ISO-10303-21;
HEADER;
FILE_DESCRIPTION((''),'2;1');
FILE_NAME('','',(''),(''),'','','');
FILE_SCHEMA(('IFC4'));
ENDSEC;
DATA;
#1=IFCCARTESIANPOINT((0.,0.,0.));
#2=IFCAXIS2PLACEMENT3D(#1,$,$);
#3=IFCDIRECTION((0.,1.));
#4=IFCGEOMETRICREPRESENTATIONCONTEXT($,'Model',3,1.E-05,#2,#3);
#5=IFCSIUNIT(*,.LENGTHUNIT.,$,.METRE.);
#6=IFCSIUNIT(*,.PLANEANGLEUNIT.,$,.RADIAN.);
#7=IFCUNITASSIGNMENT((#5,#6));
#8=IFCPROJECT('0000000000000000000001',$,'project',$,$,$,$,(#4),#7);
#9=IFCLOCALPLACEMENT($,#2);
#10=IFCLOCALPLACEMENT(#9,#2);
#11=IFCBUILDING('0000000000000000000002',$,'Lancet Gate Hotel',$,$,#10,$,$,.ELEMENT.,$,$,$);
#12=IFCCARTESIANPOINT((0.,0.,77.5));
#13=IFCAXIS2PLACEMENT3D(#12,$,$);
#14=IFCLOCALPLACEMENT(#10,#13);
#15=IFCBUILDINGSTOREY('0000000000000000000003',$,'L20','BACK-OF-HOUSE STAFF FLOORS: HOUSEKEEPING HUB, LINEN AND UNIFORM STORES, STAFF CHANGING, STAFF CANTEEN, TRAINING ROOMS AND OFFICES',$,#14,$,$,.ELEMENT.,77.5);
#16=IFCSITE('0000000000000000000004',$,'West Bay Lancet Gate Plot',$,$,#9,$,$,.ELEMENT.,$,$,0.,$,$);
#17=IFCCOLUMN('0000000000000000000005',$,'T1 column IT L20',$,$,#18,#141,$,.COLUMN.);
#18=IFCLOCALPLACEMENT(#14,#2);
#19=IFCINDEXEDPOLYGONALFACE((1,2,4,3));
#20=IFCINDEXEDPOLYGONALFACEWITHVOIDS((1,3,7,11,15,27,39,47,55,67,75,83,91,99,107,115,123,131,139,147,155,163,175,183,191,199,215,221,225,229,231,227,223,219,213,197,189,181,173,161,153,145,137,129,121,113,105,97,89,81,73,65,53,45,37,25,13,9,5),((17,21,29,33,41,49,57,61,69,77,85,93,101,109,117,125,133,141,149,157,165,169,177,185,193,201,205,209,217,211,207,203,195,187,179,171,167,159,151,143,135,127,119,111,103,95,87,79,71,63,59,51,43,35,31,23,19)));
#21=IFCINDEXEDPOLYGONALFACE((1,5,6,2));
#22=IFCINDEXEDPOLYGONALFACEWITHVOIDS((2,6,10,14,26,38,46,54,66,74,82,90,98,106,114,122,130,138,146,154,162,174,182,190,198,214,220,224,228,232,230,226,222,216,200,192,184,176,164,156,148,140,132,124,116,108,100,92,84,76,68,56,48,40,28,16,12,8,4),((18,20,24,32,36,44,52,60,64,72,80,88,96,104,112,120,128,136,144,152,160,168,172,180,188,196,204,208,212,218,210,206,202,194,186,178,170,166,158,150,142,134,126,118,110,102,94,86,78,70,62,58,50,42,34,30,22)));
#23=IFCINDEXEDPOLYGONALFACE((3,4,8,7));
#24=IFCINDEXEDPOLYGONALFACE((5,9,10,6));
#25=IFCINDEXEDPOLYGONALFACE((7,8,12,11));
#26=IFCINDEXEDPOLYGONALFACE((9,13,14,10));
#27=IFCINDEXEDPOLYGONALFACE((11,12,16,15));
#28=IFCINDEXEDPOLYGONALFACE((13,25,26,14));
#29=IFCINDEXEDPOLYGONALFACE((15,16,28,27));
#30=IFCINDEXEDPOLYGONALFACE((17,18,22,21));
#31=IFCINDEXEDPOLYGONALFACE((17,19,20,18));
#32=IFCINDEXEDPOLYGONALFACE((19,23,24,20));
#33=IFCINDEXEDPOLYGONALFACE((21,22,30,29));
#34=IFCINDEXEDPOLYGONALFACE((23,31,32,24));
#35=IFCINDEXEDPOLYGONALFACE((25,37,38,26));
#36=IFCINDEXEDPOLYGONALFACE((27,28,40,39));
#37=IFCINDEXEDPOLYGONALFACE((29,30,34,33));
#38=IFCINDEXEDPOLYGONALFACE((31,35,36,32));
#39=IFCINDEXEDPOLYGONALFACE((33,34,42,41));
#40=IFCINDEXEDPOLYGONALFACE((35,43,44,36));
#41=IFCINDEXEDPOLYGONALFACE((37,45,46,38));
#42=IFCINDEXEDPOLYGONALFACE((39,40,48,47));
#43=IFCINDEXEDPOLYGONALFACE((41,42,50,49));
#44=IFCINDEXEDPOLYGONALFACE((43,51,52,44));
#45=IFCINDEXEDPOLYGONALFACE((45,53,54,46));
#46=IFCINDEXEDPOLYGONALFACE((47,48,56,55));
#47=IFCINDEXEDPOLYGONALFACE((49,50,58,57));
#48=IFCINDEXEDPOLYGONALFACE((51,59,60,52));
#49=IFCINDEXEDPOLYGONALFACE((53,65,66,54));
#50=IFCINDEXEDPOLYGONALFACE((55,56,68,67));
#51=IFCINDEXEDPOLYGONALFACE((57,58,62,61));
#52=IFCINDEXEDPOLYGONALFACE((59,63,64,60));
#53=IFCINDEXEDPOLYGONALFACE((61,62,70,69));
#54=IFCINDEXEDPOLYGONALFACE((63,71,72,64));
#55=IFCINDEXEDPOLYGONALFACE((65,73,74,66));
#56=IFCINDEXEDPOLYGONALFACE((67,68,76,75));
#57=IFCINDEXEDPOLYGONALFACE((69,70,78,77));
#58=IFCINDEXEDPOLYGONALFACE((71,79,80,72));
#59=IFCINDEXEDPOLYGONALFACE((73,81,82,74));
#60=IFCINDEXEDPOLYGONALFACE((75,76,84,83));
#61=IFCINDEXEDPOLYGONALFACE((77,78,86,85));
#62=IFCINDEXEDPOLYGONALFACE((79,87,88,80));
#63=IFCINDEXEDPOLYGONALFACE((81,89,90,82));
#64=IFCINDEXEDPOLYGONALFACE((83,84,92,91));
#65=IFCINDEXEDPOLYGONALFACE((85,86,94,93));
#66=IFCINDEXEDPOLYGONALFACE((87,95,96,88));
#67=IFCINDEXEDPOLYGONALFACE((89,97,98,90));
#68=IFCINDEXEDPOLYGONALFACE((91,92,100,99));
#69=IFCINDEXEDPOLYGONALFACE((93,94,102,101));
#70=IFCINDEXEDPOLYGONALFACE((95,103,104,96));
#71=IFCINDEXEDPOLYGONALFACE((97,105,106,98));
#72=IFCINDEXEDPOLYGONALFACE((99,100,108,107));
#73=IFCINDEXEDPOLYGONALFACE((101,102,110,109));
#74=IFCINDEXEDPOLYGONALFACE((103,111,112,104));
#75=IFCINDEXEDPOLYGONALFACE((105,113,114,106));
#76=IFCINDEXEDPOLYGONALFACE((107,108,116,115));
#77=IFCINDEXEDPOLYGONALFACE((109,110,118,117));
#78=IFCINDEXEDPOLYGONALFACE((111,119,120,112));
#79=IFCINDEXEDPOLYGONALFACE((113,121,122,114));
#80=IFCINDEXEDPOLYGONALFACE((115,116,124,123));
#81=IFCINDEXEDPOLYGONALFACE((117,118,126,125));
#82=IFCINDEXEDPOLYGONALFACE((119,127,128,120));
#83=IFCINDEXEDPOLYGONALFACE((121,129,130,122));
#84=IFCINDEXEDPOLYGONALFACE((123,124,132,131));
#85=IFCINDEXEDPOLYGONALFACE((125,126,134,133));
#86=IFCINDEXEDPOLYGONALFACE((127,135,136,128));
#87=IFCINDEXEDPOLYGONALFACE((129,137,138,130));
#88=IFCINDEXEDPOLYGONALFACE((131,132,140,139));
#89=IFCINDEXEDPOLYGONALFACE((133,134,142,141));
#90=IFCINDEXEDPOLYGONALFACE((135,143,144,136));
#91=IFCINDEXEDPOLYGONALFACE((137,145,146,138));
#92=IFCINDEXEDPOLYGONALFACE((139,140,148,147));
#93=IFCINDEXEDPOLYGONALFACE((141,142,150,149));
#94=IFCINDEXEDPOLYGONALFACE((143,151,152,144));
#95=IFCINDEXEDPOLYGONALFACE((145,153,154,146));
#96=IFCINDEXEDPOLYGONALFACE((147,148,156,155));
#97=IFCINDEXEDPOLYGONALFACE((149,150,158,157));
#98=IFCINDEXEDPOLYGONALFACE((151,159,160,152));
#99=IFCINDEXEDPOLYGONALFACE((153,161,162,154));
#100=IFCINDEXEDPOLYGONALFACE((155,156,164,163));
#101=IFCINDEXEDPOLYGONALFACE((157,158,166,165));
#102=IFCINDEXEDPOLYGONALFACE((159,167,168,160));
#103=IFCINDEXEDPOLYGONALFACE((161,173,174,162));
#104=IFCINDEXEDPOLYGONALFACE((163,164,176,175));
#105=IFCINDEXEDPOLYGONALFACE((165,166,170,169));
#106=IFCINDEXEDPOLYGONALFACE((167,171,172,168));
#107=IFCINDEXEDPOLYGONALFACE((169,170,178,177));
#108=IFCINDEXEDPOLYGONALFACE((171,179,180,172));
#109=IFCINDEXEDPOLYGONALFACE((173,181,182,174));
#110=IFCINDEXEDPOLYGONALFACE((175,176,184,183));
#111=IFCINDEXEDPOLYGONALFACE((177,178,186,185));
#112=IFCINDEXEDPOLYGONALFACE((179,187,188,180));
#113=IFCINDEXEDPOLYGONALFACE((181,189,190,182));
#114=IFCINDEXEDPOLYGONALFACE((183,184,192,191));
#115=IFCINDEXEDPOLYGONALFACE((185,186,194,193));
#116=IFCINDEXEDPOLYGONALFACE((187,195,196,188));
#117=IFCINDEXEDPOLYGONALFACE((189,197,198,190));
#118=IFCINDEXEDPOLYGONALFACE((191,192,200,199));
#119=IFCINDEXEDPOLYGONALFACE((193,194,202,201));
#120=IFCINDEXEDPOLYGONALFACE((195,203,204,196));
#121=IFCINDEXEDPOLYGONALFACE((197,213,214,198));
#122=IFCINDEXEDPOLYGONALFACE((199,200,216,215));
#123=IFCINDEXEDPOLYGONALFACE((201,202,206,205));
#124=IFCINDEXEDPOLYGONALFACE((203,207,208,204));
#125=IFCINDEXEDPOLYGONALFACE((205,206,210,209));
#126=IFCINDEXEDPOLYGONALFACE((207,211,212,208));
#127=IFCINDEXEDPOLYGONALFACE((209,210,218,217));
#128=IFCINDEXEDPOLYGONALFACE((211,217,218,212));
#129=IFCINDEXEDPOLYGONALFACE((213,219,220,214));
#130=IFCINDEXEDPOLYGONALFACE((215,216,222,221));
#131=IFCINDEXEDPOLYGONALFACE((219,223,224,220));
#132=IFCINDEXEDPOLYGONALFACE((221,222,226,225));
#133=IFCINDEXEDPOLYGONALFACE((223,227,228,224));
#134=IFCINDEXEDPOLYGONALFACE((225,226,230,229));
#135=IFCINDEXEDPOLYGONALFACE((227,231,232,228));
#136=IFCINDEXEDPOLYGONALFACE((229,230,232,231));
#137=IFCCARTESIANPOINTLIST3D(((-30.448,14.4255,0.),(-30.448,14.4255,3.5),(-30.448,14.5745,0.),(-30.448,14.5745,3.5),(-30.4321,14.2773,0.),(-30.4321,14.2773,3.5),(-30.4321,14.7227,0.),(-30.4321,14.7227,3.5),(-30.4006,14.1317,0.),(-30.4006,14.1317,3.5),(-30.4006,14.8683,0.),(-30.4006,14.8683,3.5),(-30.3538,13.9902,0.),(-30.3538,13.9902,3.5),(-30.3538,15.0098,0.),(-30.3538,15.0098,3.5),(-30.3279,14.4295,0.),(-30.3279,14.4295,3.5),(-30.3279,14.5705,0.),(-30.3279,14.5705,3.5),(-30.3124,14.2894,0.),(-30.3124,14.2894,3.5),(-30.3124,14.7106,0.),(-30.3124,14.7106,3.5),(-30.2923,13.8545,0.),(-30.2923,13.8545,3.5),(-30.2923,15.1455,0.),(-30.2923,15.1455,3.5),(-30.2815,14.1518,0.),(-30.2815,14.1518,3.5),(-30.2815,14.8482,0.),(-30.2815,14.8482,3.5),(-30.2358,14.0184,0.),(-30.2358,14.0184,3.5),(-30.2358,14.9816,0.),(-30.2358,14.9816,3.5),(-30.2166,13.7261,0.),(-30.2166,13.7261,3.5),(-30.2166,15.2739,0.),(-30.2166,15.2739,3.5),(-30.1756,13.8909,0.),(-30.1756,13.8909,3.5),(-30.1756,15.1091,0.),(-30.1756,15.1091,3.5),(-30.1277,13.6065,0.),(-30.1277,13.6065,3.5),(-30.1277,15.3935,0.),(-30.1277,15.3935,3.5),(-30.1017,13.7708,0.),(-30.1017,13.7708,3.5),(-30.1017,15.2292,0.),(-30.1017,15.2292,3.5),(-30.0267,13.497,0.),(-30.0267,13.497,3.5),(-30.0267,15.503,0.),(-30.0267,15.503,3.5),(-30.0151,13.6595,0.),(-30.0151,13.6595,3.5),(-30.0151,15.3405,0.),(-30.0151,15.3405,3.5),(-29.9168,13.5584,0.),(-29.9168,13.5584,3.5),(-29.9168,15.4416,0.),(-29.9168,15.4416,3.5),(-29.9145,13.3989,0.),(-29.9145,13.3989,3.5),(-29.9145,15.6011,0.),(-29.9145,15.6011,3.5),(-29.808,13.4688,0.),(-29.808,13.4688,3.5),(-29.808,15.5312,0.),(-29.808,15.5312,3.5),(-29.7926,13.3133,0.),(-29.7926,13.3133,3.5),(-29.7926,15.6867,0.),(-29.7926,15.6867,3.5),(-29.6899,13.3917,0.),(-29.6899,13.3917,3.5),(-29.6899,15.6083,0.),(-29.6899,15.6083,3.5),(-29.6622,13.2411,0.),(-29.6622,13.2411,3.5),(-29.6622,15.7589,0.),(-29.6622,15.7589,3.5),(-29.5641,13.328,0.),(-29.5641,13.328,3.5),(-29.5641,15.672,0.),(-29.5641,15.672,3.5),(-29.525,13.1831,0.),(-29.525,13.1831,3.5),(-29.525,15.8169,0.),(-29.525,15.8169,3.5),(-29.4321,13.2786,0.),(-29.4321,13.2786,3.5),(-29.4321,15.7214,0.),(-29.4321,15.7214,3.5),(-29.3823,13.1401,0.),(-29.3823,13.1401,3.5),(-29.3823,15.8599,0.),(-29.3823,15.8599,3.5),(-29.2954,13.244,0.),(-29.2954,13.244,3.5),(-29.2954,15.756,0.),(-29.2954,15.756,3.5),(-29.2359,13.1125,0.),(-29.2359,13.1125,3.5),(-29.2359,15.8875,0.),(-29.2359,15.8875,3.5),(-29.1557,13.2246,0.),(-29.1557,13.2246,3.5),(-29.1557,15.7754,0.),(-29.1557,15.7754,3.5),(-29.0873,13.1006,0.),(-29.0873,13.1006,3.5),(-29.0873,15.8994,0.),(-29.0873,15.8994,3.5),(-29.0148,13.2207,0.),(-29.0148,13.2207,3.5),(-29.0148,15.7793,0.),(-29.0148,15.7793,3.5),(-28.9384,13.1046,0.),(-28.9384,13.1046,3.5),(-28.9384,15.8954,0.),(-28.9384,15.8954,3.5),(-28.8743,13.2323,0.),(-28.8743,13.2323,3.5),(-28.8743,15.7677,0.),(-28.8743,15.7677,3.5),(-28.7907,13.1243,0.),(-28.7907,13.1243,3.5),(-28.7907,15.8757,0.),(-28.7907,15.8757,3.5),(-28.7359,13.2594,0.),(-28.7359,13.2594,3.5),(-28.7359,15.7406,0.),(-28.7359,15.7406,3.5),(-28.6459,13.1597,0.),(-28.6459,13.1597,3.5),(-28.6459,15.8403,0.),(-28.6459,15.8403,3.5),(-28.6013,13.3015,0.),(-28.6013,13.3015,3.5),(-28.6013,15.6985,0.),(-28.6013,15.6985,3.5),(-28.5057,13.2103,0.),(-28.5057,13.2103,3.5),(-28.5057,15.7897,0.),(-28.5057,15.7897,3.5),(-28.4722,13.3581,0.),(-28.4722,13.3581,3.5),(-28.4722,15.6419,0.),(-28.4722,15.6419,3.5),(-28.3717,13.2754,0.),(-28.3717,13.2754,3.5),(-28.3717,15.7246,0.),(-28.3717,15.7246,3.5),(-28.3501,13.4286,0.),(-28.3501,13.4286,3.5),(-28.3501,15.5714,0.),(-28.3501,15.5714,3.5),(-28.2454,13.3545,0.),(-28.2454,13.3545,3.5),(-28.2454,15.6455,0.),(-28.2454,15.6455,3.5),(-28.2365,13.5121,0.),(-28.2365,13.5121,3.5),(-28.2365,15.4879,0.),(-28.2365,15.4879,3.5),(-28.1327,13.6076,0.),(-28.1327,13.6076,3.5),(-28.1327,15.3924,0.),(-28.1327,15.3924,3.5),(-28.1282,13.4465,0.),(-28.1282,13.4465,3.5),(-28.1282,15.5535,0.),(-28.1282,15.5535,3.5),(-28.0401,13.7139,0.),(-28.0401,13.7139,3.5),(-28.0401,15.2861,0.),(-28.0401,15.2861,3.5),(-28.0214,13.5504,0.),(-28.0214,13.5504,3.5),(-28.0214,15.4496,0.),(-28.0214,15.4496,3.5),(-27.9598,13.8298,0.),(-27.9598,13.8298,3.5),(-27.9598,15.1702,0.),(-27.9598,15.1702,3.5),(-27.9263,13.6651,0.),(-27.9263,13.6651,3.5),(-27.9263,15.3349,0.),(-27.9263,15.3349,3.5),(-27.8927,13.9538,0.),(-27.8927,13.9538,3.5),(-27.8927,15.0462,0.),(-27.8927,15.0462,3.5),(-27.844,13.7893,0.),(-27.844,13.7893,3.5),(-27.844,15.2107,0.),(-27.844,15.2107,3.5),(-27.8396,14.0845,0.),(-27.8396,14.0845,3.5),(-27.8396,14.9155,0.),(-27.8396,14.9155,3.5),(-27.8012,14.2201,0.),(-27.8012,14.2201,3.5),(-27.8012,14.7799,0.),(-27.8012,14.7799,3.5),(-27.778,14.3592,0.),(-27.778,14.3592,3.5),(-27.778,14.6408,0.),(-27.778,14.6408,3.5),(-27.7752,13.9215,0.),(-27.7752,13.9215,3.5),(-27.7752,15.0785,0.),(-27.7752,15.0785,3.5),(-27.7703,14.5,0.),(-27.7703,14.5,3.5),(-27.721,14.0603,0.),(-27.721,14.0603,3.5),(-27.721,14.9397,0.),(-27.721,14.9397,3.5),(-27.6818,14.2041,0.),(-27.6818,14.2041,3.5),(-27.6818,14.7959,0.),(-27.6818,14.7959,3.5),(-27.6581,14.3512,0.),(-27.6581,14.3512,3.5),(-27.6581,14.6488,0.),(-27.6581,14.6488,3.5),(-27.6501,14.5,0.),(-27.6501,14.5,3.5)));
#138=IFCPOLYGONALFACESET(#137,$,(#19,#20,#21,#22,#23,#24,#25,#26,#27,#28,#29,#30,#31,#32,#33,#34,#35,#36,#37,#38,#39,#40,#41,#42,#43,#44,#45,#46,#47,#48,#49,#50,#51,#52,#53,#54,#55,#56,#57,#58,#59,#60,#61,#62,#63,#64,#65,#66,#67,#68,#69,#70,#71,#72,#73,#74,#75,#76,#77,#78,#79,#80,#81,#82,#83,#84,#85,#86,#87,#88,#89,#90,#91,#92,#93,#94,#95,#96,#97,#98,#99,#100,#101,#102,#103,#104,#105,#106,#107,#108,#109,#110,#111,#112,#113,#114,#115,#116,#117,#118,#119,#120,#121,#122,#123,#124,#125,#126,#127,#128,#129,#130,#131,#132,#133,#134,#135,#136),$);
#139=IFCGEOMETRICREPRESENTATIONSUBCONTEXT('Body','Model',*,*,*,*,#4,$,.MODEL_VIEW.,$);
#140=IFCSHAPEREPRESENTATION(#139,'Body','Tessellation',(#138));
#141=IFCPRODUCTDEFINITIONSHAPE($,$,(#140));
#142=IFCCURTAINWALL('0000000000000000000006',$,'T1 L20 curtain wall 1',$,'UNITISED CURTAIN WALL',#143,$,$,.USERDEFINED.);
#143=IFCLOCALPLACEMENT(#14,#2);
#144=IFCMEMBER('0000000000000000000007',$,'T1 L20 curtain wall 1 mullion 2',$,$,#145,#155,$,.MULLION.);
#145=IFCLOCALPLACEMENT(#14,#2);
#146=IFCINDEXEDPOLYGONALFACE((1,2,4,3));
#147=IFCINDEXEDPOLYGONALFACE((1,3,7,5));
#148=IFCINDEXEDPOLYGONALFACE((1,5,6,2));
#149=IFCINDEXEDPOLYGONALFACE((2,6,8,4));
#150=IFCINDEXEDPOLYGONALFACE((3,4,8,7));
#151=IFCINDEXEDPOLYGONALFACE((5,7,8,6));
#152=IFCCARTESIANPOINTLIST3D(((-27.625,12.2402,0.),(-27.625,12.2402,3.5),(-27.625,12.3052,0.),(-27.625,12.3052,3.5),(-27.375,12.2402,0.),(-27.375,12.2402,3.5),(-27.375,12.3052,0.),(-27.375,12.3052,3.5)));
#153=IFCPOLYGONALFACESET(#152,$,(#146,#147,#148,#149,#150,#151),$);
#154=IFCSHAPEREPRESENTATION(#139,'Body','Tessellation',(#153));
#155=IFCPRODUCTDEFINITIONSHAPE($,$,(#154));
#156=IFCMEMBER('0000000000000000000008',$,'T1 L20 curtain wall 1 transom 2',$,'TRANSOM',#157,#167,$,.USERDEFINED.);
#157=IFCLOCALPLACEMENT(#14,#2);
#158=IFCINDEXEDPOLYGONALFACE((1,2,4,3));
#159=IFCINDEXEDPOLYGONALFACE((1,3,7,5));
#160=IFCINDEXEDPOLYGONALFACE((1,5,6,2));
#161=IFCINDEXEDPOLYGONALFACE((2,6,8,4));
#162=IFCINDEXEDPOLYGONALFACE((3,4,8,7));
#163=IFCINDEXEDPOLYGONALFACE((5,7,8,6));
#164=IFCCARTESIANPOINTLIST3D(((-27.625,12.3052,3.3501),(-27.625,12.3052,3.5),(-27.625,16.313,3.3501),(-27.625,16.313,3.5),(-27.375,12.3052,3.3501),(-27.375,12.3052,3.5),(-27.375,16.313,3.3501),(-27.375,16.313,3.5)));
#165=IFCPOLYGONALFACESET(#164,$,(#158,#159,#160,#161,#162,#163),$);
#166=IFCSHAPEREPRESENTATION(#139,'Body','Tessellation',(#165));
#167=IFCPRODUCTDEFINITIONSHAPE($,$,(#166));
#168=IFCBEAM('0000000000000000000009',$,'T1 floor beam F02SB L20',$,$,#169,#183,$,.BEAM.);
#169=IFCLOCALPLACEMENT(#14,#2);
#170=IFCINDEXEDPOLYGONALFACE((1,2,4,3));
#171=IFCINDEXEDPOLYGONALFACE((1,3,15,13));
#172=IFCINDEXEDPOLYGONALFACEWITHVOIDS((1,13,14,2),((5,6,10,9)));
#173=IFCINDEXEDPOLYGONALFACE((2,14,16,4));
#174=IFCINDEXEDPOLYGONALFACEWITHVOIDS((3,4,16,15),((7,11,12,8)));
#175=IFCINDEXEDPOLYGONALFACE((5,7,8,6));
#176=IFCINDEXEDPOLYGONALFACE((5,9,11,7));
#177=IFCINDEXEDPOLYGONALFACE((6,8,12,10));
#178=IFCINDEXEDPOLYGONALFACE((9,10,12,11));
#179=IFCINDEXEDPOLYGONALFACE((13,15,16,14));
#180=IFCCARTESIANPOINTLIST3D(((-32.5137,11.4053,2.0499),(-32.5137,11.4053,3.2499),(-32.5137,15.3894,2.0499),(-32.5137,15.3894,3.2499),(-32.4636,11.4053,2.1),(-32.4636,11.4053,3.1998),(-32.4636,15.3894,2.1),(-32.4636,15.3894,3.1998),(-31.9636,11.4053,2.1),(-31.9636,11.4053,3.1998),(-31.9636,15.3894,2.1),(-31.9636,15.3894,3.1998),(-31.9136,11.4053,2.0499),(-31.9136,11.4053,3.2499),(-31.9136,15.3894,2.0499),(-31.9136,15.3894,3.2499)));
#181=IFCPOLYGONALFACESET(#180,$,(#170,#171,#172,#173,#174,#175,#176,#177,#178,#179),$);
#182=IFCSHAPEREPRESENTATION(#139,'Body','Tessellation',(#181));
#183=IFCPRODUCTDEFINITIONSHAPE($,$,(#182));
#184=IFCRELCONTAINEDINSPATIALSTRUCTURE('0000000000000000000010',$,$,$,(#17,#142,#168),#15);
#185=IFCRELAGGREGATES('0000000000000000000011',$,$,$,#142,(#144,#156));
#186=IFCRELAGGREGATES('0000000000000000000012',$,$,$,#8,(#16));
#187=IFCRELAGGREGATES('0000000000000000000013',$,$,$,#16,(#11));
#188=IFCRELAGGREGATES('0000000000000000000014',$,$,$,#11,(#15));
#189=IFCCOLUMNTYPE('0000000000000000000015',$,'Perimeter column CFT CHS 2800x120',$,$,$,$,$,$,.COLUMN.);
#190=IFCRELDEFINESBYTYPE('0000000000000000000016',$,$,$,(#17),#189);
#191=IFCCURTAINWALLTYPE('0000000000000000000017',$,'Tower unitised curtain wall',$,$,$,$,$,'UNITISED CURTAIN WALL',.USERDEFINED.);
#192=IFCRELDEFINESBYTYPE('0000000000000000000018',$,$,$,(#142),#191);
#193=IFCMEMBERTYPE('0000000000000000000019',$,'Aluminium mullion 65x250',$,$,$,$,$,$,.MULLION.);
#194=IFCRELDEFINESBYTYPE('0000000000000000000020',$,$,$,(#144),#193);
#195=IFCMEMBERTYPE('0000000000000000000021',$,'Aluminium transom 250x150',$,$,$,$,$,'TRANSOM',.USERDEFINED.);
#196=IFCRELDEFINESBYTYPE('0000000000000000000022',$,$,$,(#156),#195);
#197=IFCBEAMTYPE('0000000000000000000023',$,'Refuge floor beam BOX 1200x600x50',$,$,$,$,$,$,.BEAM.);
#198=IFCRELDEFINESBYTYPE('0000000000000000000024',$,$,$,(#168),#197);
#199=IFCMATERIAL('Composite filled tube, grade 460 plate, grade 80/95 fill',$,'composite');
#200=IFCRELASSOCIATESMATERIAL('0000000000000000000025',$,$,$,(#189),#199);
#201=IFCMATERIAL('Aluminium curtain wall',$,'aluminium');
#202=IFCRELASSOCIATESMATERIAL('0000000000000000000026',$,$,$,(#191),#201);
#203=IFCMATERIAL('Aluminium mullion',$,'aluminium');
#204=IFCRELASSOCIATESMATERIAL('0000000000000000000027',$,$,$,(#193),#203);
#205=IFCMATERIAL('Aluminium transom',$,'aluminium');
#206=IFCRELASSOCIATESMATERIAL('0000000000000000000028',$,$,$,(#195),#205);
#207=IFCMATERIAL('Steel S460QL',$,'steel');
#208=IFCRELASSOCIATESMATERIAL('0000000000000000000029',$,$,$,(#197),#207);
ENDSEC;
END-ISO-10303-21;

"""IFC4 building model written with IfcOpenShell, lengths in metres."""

from ifc_helpers import new_model, si_unit, direction, frame, origin, origin_2d, place, context, subcontext, project, spatial, rectangle, hollow_rectangle, hollow_circle, extrude, material, material_profile, profile_set, type_object, element, aggregate, save


model = new_model("IFC4")

# Units and contexts
model_context = context("Model", 3, precision=1e-05, world=origin(), true_north=direction((0.0, 1.0)))
body_context = subcontext(model_context, "Body", "Model", "MODEL_VIEW")
ifc_project = project(units=[si_unit("LENGTHUNIT", "METRE"), si_unit("PLANEANGLEUNIT", "RADIAN")], contexts=[model_context])

# Site, building, storey
site_placement = place(None, origin())
site = spatial("IfcSite", under=ifc_project, at=site_placement, Name="West Bay Lancet Gate Plot", CompositionType="ELEMENT", RefElevation=0.0)
building_placement = place(site_placement, origin())
building = spatial("IfcBuilding", under=site, at=building_placement, Name="Lancet Gate Hotel", CompositionType="ELEMENT")
storey_placement = place(building_placement, frame((0.0, 0.0, 77.5)))
storey = spatial("IfcBuildingStorey", under=building, at=storey_placement, Name="L20", Description="BACK-OF-HOUSE STAFF FLOORS: HOUSEKEEPING HUB, LINEN AND UNIFORM STORES, STAFF CHANGING, STAFF CANTEEN, TRAINING ROOMS AND OFFICES", CompositionType="ELEMENT", Elevation=77.5)

# Column
ifc_material_1 = material(Name="Composite filled tube, grade 460 plate, grade 80/95 fill", Category="composite")
ifc_material_profile_1 = material_profile(ifc_material_1, hollow_circle(Radius=1.3999, WallThickness=0.1201, at=origin_2d()), Name="CHS 2800x120")
ifc_profile_set_1 = profile_set([ifc_material_profile_1], Name="Composite filled tube, grade 460 plate, grade 80/95 fill")
column_type = type_object("IfcColumnType", Name="Perimeter column CFT CHS 2800x120", PredefinedType="COLUMN", material=ifc_profile_set_1)
for number, where, z_axis, x_axis, name in (
    (1, (-29.05, 14.5, 0.0), (0.0, 0.0, 1.0), (1.0, 0.0, 0.0), "T1 column IT L20"),
):
    element("IfcColumn", number, at=place(storey_placement, frame(where, z_axis=z_axis, x_axis=x_axis)), inside=storey, type_object=column_type, Name=name, PredefinedType="COLUMN", context=body_context, shape_type="SweptSolid", body=[
        extrude(hollow_circle(Radius=1.3999, WallThickness=0.1201, at=origin_2d()), origin(), (0.0, 0.0, 1.0), 3.5),
    ])

# Curtain wall, members
ifc_material_2 = material(Name="Aluminium curtain wall", Category="aluminium")
curtain_wall_type = type_object("IfcCurtainWallType", Name="Tower unitised curtain wall", ElementType="UNITISED CURTAIN WALL", PredefinedType="USERDEFINED", material=ifc_material_2)
curtain_wall_placement = place(storey_placement, origin())
curtain_wall = element("IfcCurtainWall", 2, at=curtain_wall_placement, inside=storey, type_object=curtain_wall_type, Name="T1 L20 curtain wall 1", ObjectType="UNITISED CURTAIN WALL", PredefinedType="USERDEFINED")
ifc_material_3 = material(Name="Aluminium mullion", Category="aluminium")
ifc_material_profile_2 = material_profile(ifc_material_3, rectangle(XDim=0.0649, YDim=0.25, at=origin_2d()), Name="MULLION 65x250")
ifc_profile_set_2 = profile_set([ifc_material_profile_2], Name="Aluminium mullion")
member_type_1 = type_object("IfcMemberType", Name="Aluminium mullion 65x250", PredefinedType="MULLION", material=ifc_profile_set_2)
member_1_placement = place(storey_placement, frame((-27.5, 12.2727, 0.0), z_axis=(0.0, 0.0, 1.0), x_axis=(0.0, 1.0, 0.0)))
member_1 = element("IfcMember", 3, at=member_1_placement, type_object=member_type_1, Name="T1 L20 curtain wall 1 mullion 2", PredefinedType="MULLION", context=body_context, shape_type="SweptSolid", body=[
    extrude(rectangle(XDim=0.0649, YDim=0.25, at=origin_2d()), origin(), (0.0, 0.0, 1.0), 3.5),
])
ifc_material_4 = material(Name="Aluminium transom", Category="aluminium")
ifc_material_profile_3 = material_profile(ifc_material_4, rectangle(XDim=0.25, YDim=0.1499, at=origin_2d()), Name="TRANSOM 250x150")
ifc_profile_set_3 = profile_set([ifc_material_profile_3], Name="Aluminium transom")
member_type_2 = type_object("IfcMemberType", Name="Aluminium transom 250x150", ElementType="TRANSOM", PredefinedType="USERDEFINED", material=ifc_profile_set_3)
member_2_placement = place(storey_placement, frame((-27.5, 12.3052, 3.425), z_axis=(0.0, 1.0, 0.0), x_axis=(-1.0, 0.0, 0.0)))
member_2 = element("IfcMember", 4, at=member_2_placement, type_object=member_type_2, Name="T1 L20 curtain wall 1 transom 2", ObjectType="TRANSOM", PredefinedType="USERDEFINED", context=body_context, shape_type="SweptSolid", body=[
    extrude(rectangle(XDim=0.25, YDim=0.1499, at=origin_2d()), origin(), (0.0, 0.0, 1.0), 4.0078),
])

# Beam
ifc_material_5 = material(Name="Steel S460QL", Category="steel")
ifc_material_profile_4 = material_profile(ifc_material_5, hollow_rectangle(XDim=0.6001, YDim=1.2, WallThickness=0.05, at=origin_2d()), Name="BOX 1200x600x50")
ifc_profile_set_4 = profile_set([ifc_material_profile_4], Name="Steel S460QL")
beam_type_1 = type_object("IfcBeamType", Name="Refuge floor beam BOX 1200x600x50", PredefinedType="BEAM", material=ifc_profile_set_4)
beam_1_placement = place(storey_placement, frame((-32.2136, 15.3894, 2.6499), z_axis=(0.0, -1.0, 0.0), x_axis=(1.0, 0.0, 0.0)))
element("IfcBeam", 5, at=beam_1_placement, inside=storey, type_object=beam_type_1, Name="T1 floor beam F02SB L20", PredefinedType="BEAM", context=body_context, shape_type="SweptSolid", body=[
    extrude(hollow_rectangle(XDim=0.6001, YDim=1.2, WallThickness=0.05, at=origin_2d()), origin(), (0.0, 0.0, 1.0), 3.9841),
])

aggregate(curtain_wall, [member_1, member_2])

save(model, "model.ifc")
